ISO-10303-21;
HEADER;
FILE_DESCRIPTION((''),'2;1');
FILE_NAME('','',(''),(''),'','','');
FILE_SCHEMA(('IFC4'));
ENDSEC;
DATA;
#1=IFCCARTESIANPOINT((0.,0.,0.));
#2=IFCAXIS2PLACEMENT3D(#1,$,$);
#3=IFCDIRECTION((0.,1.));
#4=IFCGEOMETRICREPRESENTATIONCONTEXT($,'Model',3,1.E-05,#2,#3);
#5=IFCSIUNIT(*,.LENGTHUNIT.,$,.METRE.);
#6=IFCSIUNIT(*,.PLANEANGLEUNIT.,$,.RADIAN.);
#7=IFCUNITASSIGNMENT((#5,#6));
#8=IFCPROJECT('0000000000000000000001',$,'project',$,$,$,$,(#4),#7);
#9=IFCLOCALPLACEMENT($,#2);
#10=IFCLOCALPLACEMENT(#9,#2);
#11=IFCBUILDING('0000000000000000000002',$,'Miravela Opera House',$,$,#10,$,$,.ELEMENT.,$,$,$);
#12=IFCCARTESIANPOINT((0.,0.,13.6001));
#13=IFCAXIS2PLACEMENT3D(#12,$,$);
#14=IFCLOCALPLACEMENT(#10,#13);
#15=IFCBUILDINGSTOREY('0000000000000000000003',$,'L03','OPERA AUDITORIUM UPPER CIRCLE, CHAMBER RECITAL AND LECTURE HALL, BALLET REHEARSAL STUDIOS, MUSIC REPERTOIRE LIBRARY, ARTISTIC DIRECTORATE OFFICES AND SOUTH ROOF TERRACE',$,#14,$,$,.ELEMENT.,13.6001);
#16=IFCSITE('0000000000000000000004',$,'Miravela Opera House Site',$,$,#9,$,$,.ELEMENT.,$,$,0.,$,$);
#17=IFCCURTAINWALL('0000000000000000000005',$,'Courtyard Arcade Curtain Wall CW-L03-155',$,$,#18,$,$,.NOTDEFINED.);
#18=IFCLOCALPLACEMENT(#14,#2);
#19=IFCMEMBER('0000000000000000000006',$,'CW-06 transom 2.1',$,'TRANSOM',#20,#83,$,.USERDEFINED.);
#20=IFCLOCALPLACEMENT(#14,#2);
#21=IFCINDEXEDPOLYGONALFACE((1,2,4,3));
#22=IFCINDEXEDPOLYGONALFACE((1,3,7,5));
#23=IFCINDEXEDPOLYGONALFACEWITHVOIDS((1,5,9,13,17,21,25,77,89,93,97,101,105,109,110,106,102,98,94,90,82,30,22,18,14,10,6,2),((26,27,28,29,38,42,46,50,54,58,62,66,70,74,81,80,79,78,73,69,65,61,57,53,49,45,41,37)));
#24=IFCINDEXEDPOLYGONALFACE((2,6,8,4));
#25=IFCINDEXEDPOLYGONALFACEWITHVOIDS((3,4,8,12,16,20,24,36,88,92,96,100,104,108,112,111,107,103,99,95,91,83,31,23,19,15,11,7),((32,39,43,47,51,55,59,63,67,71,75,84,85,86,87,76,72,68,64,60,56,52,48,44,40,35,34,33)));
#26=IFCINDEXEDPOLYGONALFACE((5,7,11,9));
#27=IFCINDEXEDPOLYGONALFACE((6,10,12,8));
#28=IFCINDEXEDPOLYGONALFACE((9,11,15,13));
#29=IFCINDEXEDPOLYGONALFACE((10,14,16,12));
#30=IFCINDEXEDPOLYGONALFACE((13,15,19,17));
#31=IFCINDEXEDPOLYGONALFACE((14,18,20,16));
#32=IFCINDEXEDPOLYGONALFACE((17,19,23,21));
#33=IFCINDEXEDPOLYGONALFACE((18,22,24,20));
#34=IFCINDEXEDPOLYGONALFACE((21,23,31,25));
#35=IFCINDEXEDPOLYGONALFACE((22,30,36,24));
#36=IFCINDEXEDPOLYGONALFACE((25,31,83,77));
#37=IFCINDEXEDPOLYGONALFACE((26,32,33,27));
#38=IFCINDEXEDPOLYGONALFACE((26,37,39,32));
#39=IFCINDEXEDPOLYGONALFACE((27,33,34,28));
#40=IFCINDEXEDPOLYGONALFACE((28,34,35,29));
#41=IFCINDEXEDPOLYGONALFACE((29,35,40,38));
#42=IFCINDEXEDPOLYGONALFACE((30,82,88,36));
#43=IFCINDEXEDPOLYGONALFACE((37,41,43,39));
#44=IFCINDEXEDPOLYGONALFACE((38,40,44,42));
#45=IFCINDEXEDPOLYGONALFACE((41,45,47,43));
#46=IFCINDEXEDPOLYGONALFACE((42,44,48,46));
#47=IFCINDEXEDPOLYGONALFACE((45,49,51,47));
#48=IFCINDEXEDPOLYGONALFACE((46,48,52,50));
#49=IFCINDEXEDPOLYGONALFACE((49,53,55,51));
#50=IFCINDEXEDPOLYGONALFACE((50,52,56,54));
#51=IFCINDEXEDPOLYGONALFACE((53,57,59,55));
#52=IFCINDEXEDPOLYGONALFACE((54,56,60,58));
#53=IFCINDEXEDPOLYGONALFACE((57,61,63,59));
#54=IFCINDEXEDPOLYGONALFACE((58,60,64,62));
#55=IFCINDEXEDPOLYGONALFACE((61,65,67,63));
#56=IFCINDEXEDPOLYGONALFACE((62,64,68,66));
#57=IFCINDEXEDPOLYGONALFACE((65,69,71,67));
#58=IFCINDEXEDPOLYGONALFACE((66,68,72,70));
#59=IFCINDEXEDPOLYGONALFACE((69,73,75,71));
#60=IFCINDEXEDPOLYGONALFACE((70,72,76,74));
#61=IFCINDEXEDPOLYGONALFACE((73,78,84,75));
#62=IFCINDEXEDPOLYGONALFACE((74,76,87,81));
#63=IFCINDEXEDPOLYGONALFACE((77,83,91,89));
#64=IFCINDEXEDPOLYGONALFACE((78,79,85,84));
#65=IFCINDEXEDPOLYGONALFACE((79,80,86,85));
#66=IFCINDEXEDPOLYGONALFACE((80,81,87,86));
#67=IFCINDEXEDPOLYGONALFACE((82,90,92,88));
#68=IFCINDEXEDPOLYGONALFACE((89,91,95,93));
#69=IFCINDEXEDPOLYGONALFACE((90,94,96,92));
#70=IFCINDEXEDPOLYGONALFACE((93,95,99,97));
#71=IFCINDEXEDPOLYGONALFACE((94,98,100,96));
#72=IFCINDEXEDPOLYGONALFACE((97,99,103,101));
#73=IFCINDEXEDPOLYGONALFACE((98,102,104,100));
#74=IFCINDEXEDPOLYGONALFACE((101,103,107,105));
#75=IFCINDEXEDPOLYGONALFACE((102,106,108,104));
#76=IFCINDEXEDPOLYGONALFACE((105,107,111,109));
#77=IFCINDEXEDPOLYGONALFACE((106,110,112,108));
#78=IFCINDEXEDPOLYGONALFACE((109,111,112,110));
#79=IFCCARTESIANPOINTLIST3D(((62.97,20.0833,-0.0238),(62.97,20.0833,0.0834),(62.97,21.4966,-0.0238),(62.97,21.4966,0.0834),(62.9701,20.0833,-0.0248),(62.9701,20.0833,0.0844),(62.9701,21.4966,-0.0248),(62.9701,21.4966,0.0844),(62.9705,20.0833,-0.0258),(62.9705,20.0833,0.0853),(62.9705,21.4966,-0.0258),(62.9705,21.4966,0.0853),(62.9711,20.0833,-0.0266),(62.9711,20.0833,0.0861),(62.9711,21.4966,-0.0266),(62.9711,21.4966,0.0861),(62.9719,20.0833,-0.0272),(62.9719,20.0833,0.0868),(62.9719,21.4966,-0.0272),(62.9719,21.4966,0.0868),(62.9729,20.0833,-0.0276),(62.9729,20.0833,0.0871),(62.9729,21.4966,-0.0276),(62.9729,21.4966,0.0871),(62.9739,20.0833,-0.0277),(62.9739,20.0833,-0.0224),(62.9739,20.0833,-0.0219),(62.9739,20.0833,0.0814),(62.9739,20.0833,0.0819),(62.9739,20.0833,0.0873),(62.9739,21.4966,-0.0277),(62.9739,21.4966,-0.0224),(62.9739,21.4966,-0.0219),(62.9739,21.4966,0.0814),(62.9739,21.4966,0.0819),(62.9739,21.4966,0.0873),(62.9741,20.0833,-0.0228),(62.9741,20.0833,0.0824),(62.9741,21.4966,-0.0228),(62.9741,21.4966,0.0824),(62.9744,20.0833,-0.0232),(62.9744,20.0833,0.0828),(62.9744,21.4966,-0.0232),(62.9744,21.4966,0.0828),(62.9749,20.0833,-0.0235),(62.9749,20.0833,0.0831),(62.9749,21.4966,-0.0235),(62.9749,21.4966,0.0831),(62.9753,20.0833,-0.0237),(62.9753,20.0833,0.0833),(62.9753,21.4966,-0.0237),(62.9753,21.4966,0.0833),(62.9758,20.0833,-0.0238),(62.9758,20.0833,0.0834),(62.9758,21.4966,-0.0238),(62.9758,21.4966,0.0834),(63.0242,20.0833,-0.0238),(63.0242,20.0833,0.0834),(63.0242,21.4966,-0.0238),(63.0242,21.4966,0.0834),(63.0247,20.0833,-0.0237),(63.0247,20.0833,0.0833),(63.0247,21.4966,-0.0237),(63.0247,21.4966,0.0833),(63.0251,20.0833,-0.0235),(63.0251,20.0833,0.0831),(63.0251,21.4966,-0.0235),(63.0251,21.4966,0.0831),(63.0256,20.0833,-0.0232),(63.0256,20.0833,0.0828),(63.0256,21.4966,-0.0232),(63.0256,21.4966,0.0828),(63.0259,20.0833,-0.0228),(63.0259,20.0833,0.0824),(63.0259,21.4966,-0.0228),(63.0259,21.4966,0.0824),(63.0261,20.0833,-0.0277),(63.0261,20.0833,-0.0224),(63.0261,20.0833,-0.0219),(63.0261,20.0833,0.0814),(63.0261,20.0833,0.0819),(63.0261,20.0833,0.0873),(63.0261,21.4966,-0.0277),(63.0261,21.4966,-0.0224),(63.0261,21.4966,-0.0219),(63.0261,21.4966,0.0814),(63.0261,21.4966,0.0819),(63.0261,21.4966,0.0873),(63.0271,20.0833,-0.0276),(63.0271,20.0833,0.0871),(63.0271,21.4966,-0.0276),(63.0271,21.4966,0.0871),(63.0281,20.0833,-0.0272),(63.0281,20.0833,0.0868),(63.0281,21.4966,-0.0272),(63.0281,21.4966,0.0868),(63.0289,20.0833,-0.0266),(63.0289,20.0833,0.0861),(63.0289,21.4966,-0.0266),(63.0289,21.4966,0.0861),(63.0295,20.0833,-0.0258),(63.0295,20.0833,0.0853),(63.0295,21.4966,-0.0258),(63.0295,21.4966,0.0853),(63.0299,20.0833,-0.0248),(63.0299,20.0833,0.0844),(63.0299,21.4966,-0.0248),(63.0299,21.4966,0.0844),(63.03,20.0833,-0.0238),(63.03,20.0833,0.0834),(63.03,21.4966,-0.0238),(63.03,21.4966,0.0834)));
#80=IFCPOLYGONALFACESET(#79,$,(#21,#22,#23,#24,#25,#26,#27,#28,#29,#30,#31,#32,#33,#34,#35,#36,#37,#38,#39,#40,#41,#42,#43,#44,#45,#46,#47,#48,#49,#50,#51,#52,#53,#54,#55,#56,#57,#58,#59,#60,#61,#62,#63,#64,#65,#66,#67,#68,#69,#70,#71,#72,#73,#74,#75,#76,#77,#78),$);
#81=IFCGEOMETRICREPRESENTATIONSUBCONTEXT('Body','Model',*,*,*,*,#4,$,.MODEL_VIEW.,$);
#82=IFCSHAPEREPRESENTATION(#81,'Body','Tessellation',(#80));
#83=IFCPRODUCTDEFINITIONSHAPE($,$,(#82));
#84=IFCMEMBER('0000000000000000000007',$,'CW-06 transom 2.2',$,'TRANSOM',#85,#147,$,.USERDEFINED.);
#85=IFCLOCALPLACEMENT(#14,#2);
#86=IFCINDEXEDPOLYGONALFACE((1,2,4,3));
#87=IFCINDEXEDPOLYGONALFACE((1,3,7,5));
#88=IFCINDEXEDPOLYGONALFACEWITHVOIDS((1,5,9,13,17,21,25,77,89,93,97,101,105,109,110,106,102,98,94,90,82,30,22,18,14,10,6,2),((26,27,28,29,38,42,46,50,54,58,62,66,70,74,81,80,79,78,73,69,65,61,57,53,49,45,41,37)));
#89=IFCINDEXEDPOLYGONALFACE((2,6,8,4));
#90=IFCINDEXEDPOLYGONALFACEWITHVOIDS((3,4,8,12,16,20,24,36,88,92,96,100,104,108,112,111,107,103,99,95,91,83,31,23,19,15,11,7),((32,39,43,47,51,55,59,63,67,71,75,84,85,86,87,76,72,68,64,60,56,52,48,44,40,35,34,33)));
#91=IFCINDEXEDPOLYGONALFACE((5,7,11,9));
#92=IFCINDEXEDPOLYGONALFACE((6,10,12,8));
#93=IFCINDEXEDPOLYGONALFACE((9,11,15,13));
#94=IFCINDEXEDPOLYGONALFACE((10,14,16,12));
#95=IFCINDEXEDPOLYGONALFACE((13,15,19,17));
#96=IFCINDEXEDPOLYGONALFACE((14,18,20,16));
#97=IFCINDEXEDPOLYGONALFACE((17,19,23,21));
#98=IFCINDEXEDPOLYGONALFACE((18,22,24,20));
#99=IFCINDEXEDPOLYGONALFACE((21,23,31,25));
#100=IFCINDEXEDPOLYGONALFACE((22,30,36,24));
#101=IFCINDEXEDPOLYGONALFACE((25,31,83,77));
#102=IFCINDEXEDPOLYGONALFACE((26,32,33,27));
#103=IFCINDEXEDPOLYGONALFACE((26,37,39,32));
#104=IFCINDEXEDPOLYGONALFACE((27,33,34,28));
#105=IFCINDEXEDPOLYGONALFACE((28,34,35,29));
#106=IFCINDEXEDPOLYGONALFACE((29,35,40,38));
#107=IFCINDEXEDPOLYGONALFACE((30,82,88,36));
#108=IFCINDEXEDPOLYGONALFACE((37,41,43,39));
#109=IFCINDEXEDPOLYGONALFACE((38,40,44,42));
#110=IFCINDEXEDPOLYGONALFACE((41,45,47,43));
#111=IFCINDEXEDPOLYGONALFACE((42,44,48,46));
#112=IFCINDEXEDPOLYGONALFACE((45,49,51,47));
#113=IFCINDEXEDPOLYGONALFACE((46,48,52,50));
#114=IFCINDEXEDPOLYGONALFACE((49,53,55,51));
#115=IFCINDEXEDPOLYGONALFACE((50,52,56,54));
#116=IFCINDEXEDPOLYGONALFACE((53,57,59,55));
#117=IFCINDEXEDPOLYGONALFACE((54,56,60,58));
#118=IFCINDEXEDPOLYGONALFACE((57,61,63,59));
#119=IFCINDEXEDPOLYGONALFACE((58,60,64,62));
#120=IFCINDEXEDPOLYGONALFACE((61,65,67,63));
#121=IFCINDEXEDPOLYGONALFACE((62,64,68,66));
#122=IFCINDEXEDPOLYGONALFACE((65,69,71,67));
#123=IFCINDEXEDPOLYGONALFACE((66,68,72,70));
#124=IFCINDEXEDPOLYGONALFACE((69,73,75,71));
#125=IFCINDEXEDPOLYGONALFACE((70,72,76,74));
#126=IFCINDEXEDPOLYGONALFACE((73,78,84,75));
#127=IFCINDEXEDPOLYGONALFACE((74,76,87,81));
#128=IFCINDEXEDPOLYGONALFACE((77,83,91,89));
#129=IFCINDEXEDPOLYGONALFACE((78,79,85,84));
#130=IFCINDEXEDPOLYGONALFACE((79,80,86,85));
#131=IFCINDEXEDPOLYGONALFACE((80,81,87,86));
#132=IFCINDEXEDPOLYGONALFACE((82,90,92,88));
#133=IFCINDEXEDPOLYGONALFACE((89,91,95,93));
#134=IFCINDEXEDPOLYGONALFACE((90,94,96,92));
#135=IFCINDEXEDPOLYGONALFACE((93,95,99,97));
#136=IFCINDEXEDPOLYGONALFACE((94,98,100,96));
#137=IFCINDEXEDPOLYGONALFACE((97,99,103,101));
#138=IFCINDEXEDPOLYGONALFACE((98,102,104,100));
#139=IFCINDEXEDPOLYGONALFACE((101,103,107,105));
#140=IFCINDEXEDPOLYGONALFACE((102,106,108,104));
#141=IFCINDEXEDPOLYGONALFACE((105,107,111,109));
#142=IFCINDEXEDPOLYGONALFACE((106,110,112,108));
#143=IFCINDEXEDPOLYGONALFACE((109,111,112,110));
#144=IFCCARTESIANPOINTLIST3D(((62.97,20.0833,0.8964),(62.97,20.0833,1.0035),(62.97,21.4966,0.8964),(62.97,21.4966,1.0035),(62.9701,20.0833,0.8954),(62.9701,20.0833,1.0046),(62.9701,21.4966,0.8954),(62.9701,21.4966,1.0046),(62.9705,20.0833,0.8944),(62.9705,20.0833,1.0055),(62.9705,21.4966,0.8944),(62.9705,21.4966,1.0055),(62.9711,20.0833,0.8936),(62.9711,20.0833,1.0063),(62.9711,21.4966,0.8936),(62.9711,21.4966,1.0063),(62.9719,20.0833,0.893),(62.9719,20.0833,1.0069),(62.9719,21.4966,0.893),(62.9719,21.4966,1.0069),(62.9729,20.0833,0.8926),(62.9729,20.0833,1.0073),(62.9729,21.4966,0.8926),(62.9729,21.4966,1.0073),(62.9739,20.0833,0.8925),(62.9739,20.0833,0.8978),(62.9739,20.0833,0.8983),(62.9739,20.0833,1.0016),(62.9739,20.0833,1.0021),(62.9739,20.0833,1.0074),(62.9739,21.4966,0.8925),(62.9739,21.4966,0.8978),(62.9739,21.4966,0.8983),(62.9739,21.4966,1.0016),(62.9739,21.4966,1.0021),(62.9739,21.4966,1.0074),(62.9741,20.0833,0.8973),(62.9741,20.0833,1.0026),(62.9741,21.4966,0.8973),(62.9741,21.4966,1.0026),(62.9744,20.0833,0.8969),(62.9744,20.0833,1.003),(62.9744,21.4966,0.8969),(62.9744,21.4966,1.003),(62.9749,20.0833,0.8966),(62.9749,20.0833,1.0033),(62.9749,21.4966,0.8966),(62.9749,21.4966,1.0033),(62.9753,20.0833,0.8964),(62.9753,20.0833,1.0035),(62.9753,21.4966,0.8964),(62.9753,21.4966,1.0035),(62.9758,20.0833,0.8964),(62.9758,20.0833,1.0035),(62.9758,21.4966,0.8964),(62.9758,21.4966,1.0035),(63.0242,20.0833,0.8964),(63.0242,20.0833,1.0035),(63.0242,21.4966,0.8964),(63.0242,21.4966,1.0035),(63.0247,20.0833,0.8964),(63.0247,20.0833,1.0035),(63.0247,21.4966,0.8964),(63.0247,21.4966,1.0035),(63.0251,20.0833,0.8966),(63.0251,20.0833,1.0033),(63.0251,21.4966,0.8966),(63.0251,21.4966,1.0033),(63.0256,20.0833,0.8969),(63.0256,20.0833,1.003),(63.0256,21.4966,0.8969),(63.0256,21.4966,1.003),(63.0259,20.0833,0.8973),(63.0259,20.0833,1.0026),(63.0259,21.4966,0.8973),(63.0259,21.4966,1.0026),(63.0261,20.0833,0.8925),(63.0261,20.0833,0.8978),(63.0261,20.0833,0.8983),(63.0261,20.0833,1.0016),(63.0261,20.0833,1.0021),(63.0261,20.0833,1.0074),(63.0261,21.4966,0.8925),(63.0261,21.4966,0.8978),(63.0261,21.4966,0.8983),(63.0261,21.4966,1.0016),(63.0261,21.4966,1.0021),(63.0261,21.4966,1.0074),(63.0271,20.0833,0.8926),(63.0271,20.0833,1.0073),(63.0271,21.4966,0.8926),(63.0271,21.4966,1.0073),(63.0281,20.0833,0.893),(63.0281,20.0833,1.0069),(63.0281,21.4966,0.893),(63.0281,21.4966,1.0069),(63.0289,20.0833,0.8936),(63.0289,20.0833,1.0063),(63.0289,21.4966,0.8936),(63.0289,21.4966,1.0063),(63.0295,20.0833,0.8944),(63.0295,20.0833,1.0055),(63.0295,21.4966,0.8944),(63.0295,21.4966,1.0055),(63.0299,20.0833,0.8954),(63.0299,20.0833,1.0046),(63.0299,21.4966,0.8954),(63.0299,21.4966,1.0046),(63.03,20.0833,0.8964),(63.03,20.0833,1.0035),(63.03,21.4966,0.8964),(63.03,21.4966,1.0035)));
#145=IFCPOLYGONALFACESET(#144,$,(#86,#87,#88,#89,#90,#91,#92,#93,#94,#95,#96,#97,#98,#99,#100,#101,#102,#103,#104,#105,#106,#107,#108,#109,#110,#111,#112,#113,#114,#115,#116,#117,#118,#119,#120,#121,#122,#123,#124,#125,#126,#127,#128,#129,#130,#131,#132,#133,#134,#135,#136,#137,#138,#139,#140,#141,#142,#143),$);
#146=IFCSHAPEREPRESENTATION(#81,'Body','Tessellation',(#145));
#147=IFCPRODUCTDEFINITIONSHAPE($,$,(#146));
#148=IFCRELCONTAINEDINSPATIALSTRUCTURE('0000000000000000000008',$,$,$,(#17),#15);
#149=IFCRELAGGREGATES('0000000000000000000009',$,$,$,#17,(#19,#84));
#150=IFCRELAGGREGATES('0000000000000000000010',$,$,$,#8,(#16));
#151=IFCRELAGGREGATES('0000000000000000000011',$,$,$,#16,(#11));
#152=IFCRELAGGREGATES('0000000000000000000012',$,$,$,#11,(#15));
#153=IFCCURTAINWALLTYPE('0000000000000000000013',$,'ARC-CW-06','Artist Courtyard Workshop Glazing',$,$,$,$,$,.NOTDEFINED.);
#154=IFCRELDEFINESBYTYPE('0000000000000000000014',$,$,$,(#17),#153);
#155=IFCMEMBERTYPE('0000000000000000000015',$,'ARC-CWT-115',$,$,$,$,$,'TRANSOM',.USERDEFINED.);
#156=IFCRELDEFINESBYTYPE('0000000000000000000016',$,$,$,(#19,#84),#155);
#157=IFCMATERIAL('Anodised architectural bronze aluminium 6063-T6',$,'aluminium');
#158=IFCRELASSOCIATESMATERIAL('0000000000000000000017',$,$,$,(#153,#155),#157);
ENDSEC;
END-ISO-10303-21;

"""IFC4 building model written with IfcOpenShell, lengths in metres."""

from ifc_helpers import new_model, si_unit, direction, frame, origin, origin_2d, place, context, subcontext, project, spatial, hollow_rectangle, extrude, material, material_profile, profile_set, type_object, element, aggregate, save


model = new_model("IFC4")

# Units and contexts
model_context = context("Model", 3, precision=1e-05, world=origin(), true_north=direction((0.0, 1.0)))
body_context = subcontext(model_context, "Body", "Model", "MODEL_VIEW")
ifc_project = project(units=[si_unit("LENGTHUNIT", "METRE"), si_unit("PLANEANGLEUNIT", "RADIAN")], contexts=[model_context])

# Site, building, storey
site_placement = place(None, origin())
site = spatial("IfcSite", under=ifc_project, at=site_placement, Name="Miravela Opera House Site", CompositionType="ELEMENT", RefElevation=0.0)
building_placement = place(site_placement, origin())
building = spatial("IfcBuilding", under=site, at=building_placement, Name="Miravela Opera House", CompositionType="ELEMENT")
storey_placement = place(building_placement, frame((0.0, 0.0, 13.6001)))
storey = spatial("IfcBuildingStorey", under=building, at=storey_placement, Name="L03", Description="OPERA AUDITORIUM UPPER CIRCLE, CHAMBER RECITAL AND LECTURE HALL, BALLET REHEARSAL STUDIOS, MUSIC REPERTOIRE LIBRARY, ARTISTIC DIRECTORATE OFFICES AND SOUTH ROOF TERRACE", CompositionType="ELEMENT", Elevation=13.6001)

# Curtain wall, members
ifc_material_1 = material(Name="Anodised architectural bronze aluminium 6063-T6", Category="aluminium")
curtain_wall_type = type_object("IfcCurtainWallType", Name="ARC-CW-06", Description="Artist Courtyard Workshop Glazing", PredefinedType="NOTDEFINED", material=ifc_material_1)
curtain_wall_placement = place(storey_placement, origin())
curtain_wall = element("IfcCurtainWall", 1, at=curtain_wall_placement, inside=storey, type_object=curtain_wall_type, Name="Courtyard Arcade Curtain Wall CW-L03-155", PredefinedType="NOTDEFINED")
ifc_material_profile_1 = material_profile(ifc_material_1, hollow_rectangle(XDim=0.0601, YDim=0.115, WallThickness=0.0039, InnerFilletRadius=0.002, OuterFilletRadius=0.0039, at=origin_2d()), Name="CWT-60X115")
ifc_profile_set_1 = profile_set([ifc_material_profile_1])
member_type_1 = type_object("IfcMemberType", Name="ARC-CWT-115", ElementType="TRANSOM", PredefinedType="USERDEFINED", material=ifc_profile_set_1)
member_1_placement = place(storey_placement, frame((63.0, 20.0833, 0.0298), z_axis=(0.0, 1.0, 0.0), x_axis=(-1.0, 0.0, 0.0)))
member_1 = element("IfcMember", 2, at=member_1_placement, type_object=member_type_1, Name="CW-06 transom 2.1", ObjectType="TRANSOM", PredefinedType="USERDEFINED", context=body_context, shape_type="SweptSolid", body=[
    extrude(hollow_rectangle(XDim=0.0601, YDim=0.115, WallThickness=0.0039, InnerFilletRadius=0.002, OuterFilletRadius=0.0039, at=origin_2d()), origin(), (0.0, 0.0, 1.0), 1.4133),
])
member_2_placement = place(storey_placement, frame((63.0, 20.0833, 0.95), z_axis=(0.0, 1.0, 0.0), x_axis=(-1.0, 0.0, 0.0)))
member_2 = element("IfcMember", 3, at=member_2_placement, type_object=member_type_1, Name="CW-06 transom 2.2", ObjectType="TRANSOM", PredefinedType="USERDEFINED", context=body_context, shape_type="SweptSolid", body=[
    extrude(hollow_rectangle(XDim=0.0601, YDim=0.115, WallThickness=0.0039, InnerFilletRadius=0.002, OuterFilletRadius=0.0039, at=origin_2d()), origin(), (0.0, 0.0, 1.0), 1.4133),
])

aggregate(curtain_wall, [member_1, member_2])

save(model, "model.ifc")
